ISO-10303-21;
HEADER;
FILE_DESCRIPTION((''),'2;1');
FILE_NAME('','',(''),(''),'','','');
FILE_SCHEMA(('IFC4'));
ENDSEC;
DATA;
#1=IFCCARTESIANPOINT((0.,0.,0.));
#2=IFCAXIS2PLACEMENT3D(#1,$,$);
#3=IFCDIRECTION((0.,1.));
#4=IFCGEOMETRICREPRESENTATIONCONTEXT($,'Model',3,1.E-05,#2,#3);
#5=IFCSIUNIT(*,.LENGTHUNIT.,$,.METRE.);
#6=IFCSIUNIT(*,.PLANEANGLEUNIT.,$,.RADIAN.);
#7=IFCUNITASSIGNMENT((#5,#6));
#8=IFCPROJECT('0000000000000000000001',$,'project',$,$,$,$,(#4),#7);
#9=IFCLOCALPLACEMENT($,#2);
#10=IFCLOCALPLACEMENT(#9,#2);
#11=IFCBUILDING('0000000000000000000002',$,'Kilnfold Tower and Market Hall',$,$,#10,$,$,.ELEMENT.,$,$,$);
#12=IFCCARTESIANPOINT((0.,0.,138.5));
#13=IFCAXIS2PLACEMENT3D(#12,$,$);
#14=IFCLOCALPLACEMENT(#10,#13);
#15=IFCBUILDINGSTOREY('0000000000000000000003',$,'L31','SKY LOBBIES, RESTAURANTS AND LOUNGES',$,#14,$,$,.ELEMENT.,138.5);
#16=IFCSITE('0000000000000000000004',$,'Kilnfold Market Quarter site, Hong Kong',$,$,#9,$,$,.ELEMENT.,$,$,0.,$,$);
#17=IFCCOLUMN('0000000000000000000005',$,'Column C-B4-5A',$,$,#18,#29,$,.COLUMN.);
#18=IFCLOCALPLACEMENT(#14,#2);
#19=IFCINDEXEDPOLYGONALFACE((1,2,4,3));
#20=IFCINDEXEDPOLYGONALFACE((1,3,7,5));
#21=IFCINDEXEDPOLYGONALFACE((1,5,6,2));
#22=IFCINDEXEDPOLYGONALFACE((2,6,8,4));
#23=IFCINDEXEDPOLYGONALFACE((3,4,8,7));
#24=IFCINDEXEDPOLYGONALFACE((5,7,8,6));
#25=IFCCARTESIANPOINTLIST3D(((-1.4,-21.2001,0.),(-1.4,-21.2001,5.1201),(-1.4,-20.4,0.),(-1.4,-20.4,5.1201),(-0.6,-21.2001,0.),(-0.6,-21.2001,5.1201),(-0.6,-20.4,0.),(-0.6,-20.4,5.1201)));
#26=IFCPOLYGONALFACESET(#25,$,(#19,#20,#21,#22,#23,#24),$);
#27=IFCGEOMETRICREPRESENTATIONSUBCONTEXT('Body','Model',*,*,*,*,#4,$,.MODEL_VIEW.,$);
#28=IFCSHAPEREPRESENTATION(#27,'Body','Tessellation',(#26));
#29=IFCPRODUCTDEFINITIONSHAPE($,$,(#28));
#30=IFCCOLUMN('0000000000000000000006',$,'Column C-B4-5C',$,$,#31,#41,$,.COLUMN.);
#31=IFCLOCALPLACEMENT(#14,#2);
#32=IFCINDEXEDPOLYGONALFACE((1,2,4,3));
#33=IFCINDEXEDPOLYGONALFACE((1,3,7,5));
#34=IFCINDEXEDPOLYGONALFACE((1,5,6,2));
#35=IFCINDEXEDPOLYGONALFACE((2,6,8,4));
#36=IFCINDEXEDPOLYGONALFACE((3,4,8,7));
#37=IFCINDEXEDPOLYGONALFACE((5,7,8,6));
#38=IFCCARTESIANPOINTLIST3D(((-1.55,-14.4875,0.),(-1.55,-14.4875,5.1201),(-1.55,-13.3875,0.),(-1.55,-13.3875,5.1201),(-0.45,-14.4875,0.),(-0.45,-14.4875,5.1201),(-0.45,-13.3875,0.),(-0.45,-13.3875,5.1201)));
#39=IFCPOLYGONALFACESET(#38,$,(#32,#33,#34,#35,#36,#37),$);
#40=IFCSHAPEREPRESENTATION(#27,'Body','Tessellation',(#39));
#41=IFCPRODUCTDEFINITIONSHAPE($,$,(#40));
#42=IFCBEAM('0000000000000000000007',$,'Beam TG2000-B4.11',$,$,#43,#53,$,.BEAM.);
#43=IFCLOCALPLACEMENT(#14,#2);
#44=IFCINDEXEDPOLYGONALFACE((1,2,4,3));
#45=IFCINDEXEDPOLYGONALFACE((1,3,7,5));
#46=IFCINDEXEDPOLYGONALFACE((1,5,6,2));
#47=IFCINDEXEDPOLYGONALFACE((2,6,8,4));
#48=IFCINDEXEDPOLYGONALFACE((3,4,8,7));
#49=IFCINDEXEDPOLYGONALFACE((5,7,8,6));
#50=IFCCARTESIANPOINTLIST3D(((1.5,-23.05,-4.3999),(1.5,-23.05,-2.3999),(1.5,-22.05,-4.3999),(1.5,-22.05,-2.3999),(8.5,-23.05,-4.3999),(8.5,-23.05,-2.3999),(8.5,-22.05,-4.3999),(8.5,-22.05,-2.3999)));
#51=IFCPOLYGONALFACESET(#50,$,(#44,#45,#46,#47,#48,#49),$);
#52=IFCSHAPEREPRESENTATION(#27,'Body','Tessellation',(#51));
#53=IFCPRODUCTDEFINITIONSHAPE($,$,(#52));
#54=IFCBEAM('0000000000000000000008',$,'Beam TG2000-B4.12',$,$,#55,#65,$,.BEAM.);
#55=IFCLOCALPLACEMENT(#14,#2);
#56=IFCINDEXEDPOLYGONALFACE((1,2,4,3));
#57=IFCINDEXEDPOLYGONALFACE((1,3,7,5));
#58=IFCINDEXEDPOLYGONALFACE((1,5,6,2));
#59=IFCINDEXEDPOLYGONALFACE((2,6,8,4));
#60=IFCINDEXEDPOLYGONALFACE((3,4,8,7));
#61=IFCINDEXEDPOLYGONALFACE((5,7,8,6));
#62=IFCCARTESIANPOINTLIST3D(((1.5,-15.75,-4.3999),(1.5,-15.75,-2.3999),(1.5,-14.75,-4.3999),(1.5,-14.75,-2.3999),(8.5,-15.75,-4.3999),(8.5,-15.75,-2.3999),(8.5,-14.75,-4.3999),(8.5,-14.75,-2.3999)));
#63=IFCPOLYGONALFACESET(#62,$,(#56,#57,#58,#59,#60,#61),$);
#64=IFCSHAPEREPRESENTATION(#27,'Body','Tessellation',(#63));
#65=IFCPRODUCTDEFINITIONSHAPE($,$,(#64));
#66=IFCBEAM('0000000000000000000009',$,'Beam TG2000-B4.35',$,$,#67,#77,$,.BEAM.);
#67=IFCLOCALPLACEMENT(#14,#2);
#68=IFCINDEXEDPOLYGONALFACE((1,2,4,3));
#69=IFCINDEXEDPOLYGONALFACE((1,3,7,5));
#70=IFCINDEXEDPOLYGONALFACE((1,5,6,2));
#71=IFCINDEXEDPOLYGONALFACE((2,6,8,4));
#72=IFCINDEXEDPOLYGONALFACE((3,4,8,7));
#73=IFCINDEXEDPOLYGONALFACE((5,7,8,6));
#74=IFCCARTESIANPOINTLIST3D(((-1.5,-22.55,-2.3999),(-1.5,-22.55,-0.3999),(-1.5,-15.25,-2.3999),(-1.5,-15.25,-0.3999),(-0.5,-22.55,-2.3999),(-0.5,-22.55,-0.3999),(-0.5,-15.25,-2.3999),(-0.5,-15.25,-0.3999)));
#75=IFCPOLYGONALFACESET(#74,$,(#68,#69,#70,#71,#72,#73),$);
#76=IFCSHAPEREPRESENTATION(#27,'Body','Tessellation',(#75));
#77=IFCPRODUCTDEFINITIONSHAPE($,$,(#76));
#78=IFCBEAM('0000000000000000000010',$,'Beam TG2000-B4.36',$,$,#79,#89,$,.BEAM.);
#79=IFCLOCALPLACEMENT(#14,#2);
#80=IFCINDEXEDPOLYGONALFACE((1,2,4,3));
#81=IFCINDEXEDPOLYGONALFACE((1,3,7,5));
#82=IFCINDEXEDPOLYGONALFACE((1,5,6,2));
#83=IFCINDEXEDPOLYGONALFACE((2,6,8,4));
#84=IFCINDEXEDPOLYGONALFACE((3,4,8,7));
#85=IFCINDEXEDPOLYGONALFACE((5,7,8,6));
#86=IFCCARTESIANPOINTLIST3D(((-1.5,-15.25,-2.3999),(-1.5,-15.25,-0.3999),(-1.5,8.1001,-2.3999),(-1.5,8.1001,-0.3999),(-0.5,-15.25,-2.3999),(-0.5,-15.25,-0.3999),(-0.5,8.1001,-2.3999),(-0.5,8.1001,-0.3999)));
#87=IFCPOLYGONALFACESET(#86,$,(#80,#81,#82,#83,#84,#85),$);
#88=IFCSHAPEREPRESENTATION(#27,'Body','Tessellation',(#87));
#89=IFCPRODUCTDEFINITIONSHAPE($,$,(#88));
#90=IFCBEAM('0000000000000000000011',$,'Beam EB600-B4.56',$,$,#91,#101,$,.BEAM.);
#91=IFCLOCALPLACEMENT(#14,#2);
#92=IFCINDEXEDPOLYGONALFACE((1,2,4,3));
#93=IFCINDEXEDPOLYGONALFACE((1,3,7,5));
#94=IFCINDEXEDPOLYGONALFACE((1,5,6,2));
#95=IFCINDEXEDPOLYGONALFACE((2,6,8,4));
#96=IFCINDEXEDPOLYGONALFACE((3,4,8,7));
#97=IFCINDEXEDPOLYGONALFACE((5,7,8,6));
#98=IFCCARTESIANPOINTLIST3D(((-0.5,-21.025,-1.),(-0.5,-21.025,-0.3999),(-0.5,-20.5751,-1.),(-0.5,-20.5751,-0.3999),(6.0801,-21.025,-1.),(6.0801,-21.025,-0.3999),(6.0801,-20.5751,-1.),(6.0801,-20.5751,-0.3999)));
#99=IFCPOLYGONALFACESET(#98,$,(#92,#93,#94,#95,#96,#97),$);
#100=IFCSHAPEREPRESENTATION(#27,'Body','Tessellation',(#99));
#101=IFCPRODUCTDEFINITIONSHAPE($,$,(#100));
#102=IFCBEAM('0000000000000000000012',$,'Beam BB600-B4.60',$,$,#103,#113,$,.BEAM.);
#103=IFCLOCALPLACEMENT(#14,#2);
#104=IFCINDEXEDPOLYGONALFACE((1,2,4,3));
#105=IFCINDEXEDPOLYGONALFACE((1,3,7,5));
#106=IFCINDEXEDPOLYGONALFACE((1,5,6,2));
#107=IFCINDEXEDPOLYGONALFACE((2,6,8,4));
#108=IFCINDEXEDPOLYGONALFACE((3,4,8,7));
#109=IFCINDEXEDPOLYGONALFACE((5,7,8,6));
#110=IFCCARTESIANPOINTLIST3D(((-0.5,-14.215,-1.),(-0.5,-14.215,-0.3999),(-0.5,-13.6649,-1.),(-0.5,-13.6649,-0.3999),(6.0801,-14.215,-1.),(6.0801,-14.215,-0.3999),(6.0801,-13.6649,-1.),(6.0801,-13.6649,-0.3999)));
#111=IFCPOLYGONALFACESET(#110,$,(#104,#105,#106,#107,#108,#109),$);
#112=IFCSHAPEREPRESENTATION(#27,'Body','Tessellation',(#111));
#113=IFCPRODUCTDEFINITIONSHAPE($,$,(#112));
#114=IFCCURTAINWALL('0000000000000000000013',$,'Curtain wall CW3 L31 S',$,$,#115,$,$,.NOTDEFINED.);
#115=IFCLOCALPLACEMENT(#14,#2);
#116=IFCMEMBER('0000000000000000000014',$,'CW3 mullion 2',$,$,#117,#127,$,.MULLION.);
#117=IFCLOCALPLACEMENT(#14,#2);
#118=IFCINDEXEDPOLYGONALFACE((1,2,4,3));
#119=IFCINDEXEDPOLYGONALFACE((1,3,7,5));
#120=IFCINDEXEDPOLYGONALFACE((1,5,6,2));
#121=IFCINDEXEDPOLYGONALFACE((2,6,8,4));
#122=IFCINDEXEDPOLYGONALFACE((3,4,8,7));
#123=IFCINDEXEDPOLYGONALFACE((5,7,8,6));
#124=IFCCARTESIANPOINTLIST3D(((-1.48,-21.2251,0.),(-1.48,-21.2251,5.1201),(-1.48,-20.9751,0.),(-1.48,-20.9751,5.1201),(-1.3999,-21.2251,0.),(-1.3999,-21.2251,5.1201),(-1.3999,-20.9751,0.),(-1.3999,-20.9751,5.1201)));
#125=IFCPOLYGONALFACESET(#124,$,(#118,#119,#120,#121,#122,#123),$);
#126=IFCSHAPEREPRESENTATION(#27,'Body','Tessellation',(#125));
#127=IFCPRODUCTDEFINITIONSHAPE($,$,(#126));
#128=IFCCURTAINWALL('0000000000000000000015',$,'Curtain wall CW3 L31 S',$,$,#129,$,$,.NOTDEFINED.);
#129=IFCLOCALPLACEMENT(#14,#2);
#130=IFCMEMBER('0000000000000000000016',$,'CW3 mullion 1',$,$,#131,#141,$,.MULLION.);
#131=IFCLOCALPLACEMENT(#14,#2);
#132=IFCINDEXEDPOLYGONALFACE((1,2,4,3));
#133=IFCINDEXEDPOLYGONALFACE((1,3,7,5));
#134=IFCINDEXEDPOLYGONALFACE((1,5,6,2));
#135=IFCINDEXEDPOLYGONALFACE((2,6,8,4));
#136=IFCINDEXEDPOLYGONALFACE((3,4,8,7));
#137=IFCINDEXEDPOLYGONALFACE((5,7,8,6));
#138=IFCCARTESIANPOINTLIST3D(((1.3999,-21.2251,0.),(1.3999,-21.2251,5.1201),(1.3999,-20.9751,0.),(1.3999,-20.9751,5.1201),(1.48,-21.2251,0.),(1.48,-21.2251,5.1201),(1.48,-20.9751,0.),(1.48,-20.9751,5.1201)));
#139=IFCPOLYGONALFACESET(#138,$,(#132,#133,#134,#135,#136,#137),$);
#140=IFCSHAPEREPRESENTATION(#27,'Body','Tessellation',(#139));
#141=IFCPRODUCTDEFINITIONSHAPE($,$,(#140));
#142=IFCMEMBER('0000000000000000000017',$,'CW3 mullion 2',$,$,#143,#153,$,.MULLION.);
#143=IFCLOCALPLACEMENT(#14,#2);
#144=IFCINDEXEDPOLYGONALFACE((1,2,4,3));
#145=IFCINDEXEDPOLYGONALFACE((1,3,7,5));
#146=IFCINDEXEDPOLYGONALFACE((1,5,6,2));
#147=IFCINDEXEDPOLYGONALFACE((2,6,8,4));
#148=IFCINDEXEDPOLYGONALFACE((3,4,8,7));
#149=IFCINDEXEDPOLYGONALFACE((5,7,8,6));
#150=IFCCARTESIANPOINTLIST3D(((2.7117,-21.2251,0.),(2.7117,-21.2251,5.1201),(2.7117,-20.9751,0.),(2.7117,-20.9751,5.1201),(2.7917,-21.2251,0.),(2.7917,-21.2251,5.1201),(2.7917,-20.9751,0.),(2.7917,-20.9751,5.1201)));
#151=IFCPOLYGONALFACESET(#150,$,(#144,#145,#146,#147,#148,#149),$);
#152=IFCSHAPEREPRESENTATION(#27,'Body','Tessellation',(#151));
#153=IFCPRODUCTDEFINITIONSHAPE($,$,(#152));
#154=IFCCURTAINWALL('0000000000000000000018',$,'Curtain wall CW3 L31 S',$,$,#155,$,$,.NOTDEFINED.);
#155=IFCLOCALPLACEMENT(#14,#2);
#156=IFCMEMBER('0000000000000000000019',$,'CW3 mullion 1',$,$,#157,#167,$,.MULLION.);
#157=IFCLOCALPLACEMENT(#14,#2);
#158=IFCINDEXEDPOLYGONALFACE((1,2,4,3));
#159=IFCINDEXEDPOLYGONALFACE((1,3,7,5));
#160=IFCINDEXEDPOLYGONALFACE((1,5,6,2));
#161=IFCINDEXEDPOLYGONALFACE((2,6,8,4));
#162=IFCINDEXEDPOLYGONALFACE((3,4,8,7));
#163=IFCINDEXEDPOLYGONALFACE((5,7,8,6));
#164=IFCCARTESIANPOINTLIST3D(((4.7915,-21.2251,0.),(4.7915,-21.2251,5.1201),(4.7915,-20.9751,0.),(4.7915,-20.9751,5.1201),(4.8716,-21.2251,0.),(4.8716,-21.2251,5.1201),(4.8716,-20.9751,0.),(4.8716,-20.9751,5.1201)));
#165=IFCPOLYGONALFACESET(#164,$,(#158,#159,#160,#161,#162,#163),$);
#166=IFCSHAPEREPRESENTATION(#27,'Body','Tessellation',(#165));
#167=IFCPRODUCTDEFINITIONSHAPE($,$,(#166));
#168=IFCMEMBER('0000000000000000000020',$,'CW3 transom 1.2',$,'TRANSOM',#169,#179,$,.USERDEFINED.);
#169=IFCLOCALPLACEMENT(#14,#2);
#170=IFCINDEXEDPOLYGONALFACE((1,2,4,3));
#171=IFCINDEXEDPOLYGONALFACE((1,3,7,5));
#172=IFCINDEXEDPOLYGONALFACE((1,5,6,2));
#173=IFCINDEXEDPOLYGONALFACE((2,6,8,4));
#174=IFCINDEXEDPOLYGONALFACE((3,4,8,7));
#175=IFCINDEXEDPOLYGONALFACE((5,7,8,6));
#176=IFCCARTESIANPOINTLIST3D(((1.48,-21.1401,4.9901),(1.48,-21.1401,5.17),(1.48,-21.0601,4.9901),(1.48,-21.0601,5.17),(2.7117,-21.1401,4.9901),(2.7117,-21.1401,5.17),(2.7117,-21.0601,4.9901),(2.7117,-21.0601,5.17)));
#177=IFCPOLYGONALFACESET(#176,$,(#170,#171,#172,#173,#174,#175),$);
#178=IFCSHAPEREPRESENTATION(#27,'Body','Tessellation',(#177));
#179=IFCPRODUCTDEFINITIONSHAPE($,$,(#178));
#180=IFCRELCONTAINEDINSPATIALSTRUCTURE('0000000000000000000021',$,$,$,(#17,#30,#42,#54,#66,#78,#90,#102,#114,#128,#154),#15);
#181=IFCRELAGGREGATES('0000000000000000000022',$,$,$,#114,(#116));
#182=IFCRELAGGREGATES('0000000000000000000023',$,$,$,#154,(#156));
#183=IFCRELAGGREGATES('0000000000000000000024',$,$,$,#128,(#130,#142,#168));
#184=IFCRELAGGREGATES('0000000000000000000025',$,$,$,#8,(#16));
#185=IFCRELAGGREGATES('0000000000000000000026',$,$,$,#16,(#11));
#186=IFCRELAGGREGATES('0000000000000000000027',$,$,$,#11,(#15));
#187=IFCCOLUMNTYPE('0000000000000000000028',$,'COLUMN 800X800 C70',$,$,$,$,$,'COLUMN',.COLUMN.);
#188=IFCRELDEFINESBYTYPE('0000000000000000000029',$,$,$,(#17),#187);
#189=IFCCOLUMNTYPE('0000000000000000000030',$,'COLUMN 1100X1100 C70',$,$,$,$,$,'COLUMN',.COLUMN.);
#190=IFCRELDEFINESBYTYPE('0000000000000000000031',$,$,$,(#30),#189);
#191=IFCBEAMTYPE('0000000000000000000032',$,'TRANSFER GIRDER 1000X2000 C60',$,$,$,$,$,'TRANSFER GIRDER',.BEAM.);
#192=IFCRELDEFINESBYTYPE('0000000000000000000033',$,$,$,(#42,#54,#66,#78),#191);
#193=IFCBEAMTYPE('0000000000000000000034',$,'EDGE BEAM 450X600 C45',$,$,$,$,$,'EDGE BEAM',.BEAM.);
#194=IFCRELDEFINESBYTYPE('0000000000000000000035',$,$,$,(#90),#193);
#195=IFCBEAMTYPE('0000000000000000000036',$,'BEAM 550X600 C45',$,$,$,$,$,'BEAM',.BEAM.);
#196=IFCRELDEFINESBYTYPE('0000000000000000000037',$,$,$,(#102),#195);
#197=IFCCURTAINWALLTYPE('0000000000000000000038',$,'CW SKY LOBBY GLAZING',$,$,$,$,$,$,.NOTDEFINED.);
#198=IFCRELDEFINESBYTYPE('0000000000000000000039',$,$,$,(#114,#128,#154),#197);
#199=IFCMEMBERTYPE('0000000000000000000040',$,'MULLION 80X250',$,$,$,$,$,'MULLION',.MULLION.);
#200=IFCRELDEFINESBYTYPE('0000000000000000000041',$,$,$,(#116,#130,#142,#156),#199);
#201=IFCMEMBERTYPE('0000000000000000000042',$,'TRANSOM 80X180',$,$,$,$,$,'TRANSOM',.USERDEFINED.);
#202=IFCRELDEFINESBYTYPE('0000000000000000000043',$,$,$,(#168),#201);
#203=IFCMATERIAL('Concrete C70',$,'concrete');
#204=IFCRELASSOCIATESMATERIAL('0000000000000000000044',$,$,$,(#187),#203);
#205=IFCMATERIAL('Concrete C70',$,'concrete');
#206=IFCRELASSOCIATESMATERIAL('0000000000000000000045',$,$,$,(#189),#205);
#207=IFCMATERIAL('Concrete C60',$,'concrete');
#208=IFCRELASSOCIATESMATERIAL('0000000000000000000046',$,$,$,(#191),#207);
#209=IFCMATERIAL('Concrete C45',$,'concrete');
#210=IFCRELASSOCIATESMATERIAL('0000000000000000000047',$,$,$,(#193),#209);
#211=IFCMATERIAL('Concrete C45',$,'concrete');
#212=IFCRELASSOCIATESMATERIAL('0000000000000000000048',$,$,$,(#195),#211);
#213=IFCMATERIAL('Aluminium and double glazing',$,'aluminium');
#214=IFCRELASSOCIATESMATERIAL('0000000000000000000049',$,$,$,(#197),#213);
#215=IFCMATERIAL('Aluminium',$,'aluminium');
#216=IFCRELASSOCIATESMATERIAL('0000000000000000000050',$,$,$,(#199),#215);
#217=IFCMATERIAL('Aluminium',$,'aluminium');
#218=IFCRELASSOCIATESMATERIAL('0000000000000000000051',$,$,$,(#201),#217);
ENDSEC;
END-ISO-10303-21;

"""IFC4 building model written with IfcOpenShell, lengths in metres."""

from ifc_helpers import new_model, si_unit, direction, frame, origin, origin_2d, place, context, subcontext, project, spatial, rectangle, extrude, source, transform, mapped, material, material_profile, profile_set, type_object, element, aggregate, save


model = new_model("IFC4")

# Units and contexts
model_context = context("Model", 3, precision=1e-05, world=origin(), true_north=direction((0.0, 1.0)))
body_context = subcontext(model_context, "Body", "Model", "MODEL_VIEW")
ifc_project = project(units=[si_unit("LENGTHUNIT", "METRE"), si_unit("PLANEANGLEUNIT", "RADIAN")], contexts=[model_context])

# Site, building, storey
site_placement = place(None, origin())
site = spatial("IfcSite", under=ifc_project, at=site_placement, Name="Kilnfold Market Quarter site, Hong Kong", CompositionType="ELEMENT", RefElevation=0.0)
building_placement = place(site_placement, origin())
building = spatial("IfcBuilding", under=site, at=building_placement, Name="Kilnfold Tower and Market Hall", CompositionType="ELEMENT")
storey_placement = place(building_placement, frame((0.0, 0.0, 138.5)))
storey = spatial("IfcBuildingStorey", under=building, at=storey_placement, Name="L31", Description="SKY LOBBIES, RESTAURANTS AND LOUNGES", CompositionType="ELEMENT", Elevation=138.5)

# Columns
ifc_material_1 = material(Name="Concrete C70", Category="concrete")
ifc_material_profile_1 = material_profile(ifc_material_1, rectangle(XDim=0.8, YDim=0.8, at=origin_2d()), Name="RC 800x800")
ifc_profile_set_1 = profile_set([ifc_material_profile_1], Name="Concrete C70")
column_type_1 = type_object("IfcColumnType", Name="COLUMN 800X800 C70", ElementType="COLUMN", PredefinedType="COLUMN", material=ifc_profile_set_1)
shared_shape_1 = source(origin(), body_context, "Body", "SweptSolid", [
    extrude(rectangle(XDim=0.8, YDim=0.8, at=origin_2d()), origin(), (0.0, 0.0, 1.0), 5.1201),
])
column_1_placement = place(storey_placement, frame((-1.0, -20.8, 0.0), z_axis=(0.0, 0.0, 1.0), x_axis=(1.0, 0.0, 0.0)))
element("IfcColumn", 1, at=column_1_placement, inside=storey, type_object=column_type_1, Name="Column C-B4-5A", PredefinedType="COLUMN", context=body_context, shape_type="MappedRepresentation", body=[
    mapped(shared_shape_1, transform((0.0, 0.0, 0.0))),
])
ifc_material_2 = material(Name="Concrete C70", Category="concrete")
ifc_material_profile_2 = material_profile(ifc_material_2, rectangle(XDim=1.1001, YDim=1.1001, at=origin_2d()), Name="RC 1100x1100")
ifc_profile_set_2 = profile_set([ifc_material_profile_2], Name="Concrete C70")
column_type_2 = type_object("IfcColumnType", Name="COLUMN 1100X1100 C70", ElementType="COLUMN", PredefinedType="COLUMN", material=ifc_profile_set_2)
shared_shape_2 = source(origin(), body_context, "Body", "SweptSolid", [
    extrude(rectangle(XDim=1.1001, YDim=1.1001, at=origin_2d()), origin(), (0.0, 0.0, 1.0), 5.1201),
])
column_2_placement = place(storey_placement, frame((-1.0, -13.9375, 0.0), z_axis=(0.0, 0.0, 1.0), x_axis=(1.0, 0.0, 0.0)))
element("IfcColumn", 2, at=column_2_placement, inside=storey, type_object=column_type_2, Name="Column C-B4-5C", PredefinedType="COLUMN", context=body_context, shape_type="MappedRepresentation", body=[
    mapped(shared_shape_2, transform((0.0, 0.0, 0.0))),
])

# Beams
ifc_material_3 = material(Name="Concrete C60", Category="concrete")
ifc_material_profile_3 = material_profile(ifc_material_3, rectangle(XDim=1.0, YDim=2.0, at=origin_2d()), Name="RC 1000x2000")
ifc_profile_set_3 = profile_set([ifc_material_profile_3], Name="Concrete C60")
beam_type_1 = type_object("IfcBeamType", Name="TRANSFER GIRDER 1000X2000 C60", ElementType="TRANSFER GIRDER", PredefinedType="BEAM", material=ifc_profile_set_3)
shared_shape_3 = source(origin(), body_context, "Body", "SweptSolid", [
    extrude(rectangle(XDim=1.0, YDim=2.0, at=origin_2d()), origin(), (0.0, 0.0, 1.0), 7.0),
])
for number, where, z_axis, x_axis, name in (
    (3, (1.5, -22.55, -3.3999), (1.0, 0.0, 0.0), (0.0, 1.0, 0.0), "Beam TG2000-B4.11"),
    (4, (1.5, -15.25, -3.3999), (1.0, 0.0, 0.0), (0.0, 1.0, 0.0), "Beam TG2000-B4.12"),
):
    element("IfcBeam", number, at=place(storey_placement, frame(where, z_axis=z_axis, x_axis=x_axis)), inside=storey, type_object=beam_type_1, Name=name, PredefinedType="BEAM", context=body_context, shape_type="MappedRepresentation", body=[
        mapped(shared_shape_3, transform((0.0, 0.0, 0.0))),
    ])
shared_shape_4 = source(origin(), body_context, "Body", "SweptSolid", [
    extrude(rectangle(XDim=1.0, YDim=2.0, at=origin_2d()), origin(), (0.0, 0.0, 1.0), 7.3),
])
beam_1_placement = place(storey_placement, frame((-1.0, -22.55, -1.3999), z_axis=(0.0, 1.0, 0.0), x_axis=(-1.0, 0.0, 0.0)))
element("IfcBeam", 5, at=beam_1_placement, inside=storey, type_object=beam_type_1, Name="Beam TG2000-B4.35", PredefinedType="BEAM", context=body_context, shape_type="MappedRepresentation", body=[
    mapped(shared_shape_4, transform((0.0, 0.0, 0.0))),
])
shared_shape_5 = source(origin(), body_context, "Body", "SweptSolid", [
    extrude(rectangle(XDim=1.0, YDim=2.0, at=origin_2d()), origin(), (0.0, 0.0, 1.0), 23.3501),
])
beam_2_placement = place(storey_placement, frame((-1.0, -15.25, -1.3999), z_axis=(0.0, 1.0, 0.0), x_axis=(-1.0, 0.0, 0.0)))
element("IfcBeam", 6, at=beam_2_placement, inside=storey, type_object=beam_type_1, Name="Beam TG2000-B4.36", PredefinedType="BEAM", context=body_context, shape_type="MappedRepresentation", body=[
    mapped(shared_shape_5, transform((0.0, 0.0, 0.0))),
])
ifc_material_4 = material(Name="Concrete C45", Category="concrete")
ifc_material_profile_4 = material_profile(ifc_material_4, rectangle(XDim=0.45, YDim=0.6001, at=origin_2d()), Name="RC 450x600")
ifc_profile_set_4 = profile_set([ifc_material_profile_4], Name="Concrete C45")
beam_type_2 = type_object("IfcBeamType", Name="EDGE BEAM 450X600 C45", ElementType="EDGE BEAM", PredefinedType="BEAM", material=ifc_profile_set_4)
shared_shape_6 = source(origin(), body_context, "Body", "SweptSolid", [
    extrude(rectangle(XDim=0.45, YDim=0.6001, at=origin_2d()), origin(), (0.0, 0.0, 1.0), 6.5801),
])
beam_3_placement = place(storey_placement, frame((-0.5, -20.8, -0.7), z_axis=(1.0, 0.0, 0.0), x_axis=(0.0, 1.0, 0.0)))
element("IfcBeam", 7, at=beam_3_placement, inside=storey, type_object=beam_type_2, Name="Beam EB600-B4.56", PredefinedType="BEAM", context=body_context, shape_type="MappedRepresentation", body=[
    mapped(shared_shape_6, transform((0.0, 0.0, 0.0))),
])
ifc_material_5 = material(Name="Concrete C45", Category="concrete")
ifc_material_profile_5 = material_profile(ifc_material_5, rectangle(XDim=0.55, YDim=0.6001, at=origin_2d()), Name="RC 550x600")
ifc_profile_set_5 = profile_set([ifc_material_profile_5], Name="Concrete C45")
beam_type_3 = type_object("IfcBeamType", Name="BEAM 550X600 C45", ElementType="BEAM", PredefinedType="BEAM", material=ifc_profile_set_5)
shared_shape_7 = source(origin(), body_context, "Body", "SweptSolid", [
    extrude(rectangle(XDim=0.55, YDim=0.6001, at=origin_2d()), origin(), (0.0, 0.0, 1.0), 6.5801),
])
beam_4_placement = place(storey_placement, frame((-0.5, -13.9399, -0.7), z_axis=(1.0, 0.0, 0.0), x_axis=(0.0, 1.0, 0.0)))
element("IfcBeam", 8, at=beam_4_placement, inside=storey, type_object=beam_type_3, Name="Beam BB600-B4.60", PredefinedType="BEAM", context=body_context, shape_type="MappedRepresentation", body=[
    mapped(shared_shape_7, transform((0.0, 0.0, 0.0))),
])

# Curtain wall, member
ifc_material_6 = material(Name="Aluminium and double glazing", Category="aluminium")
curtain_wall_type = type_object("IfcCurtainWallType", Name="CW SKY LOBBY GLAZING", PredefinedType="NOTDEFINED", material=ifc_material_6)
curtain_wall_1_placement = place(storey_placement, origin())
curtain_wall_1 = element("IfcCurtainWall", 9, at=curtain_wall_1_placement, inside=storey, type_object=curtain_wall_type, Name="Curtain wall CW3 L31 S", PredefinedType="NOTDEFINED")
ifc_material_7 = material(Name="Aluminium", Category="aluminium")
ifc_material_profile_6 = material_profile(ifc_material_7, rectangle(XDim=0.0801, YDim=0.25, at=origin_2d()), Name="MULLION 80x250")
ifc_profile_set_6 = profile_set([ifc_material_profile_6], Name="Aluminium")
member_type_1 = type_object("IfcMemberType", Name="MULLION 80X250", ElementType="MULLION", PredefinedType="MULLION", material=ifc_profile_set_6)
shared_shape_8 = source(origin(), body_context, "Body", "SweptSolid", [
    extrude(rectangle(XDim=0.0801, YDim=0.25, at=origin_2d()), origin(), (0.0, 0.0, 1.0), 5.1201),
])
member_1_placement = place(storey_placement, frame((-1.4399, -21.1001, 0.0), z_axis=(0.0, 0.0, 1.0), x_axis=(1.0, 0.0, 0.0)))
member_1 = element("IfcMember", 10, at=member_1_placement, type_object=member_type_1, Name="CW3 mullion 2", PredefinedType="MULLION", context=body_context, shape_type="MappedRepresentation", body=[
    mapped(shared_shape_8, transform((0.0, 0.0, 0.0))),
])
aggregate(curtain_wall_1, [member_1])

# Curtain wall, members
curtain_wall_2_placement = place(storey_placement, origin())
curtain_wall_2 = element("IfcCurtainWall", 11, at=curtain_wall_2_placement, inside=storey, type_object=curtain_wall_type, Name="Curtain wall CW3 L31 S", PredefinedType="NOTDEFINED")
member_2_placement = place(storey_placement, frame((1.4399, -21.1001, 0.0), z_axis=(0.0, 0.0, 1.0), x_axis=(1.0, 0.0, 0.0)))
member_2 = element("IfcMember", 12, at=member_2_placement, type_object=member_type_1, Name="CW3 mullion 1", PredefinedType="MULLION", context=body_context, shape_type="MappedRepresentation", body=[
    mapped(shared_shape_8, transform((0.0, 0.0, 0.0))),
])
member_3_placement = place(storey_placement, frame((2.7517, -21.1001, 0.0), z_axis=(0.0, 0.0, 1.0), x_axis=(1.0, 0.0, 0.0)))
member_3 = element("IfcMember", 13, at=member_3_placement, type_object=member_type_1, Name="CW3 mullion 2", PredefinedType="MULLION", context=body_context, shape_type="MappedRepresentation", body=[
    mapped(shared_shape_8, transform((0.0, 0.0, 0.0))),
])

# Curtain wall, member
curtain_wall_3_placement = place(storey_placement, origin())
curtain_wall_3 = element("IfcCurtainWall", 14, at=curtain_wall_3_placement, inside=storey, type_object=curtain_wall_type, Name="Curtain wall CW3 L31 S", PredefinedType="NOTDEFINED")
member_4_placement = place(storey_placement, frame((4.8315, -21.1001, 0.0), z_axis=(0.0, 0.0, 1.0), x_axis=(1.0, 0.0, 0.0)))
member_4 = element("IfcMember", 15, at=member_4_placement, type_object=member_type_1, Name="CW3 mullion 1", PredefinedType="MULLION", context=body_context, shape_type="MappedRepresentation", body=[
    mapped(shared_shape_8, transform((0.0, 0.0, 0.0))),
])

# Member
ifc_material_8 = material(Name="Aluminium", Category="aluminium")
ifc_material_profile_7 = material_profile(ifc_material_8, rectangle(XDim=0.0801, YDim=0.1799, at=origin_2d()), Name="TRANSOM 80x180")
ifc_profile_set_7 = profile_set([ifc_material_profile_7], Name="Aluminium")
member_type_2 = type_object("IfcMemberType", Name="TRANSOM 80X180", ElementType="TRANSOM", PredefinedType="USERDEFINED", material=ifc_profile_set_7)
shared_shape_9 = source(origin(), body_context, "Body", "SweptSolid", [
    extrude(rectangle(XDim=0.0801, YDim=0.1799, at=origin_2d()), origin(), (0.0, 0.0, 1.0), 1.2317),
])
member_5_placement = place(storey_placement, frame((1.48, -21.1001, 5.0801), z_axis=(1.0, 0.0, 0.0), x_axis=(0.0, 1.0, 0.0)))
member_5 = element("IfcMember", 16, at=member_5_placement, type_object=member_type_2, Name="CW3 transom 1.2", ObjectType="TRANSOM", PredefinedType="USERDEFINED", context=body_context, shape_type="MappedRepresentation", body=[
    mapped(shared_shape_9, transform((0.0, 0.0, 0.0))),
])
aggregate(curtain_wall_3, [member_4])

aggregate(curtain_wall_2, [member_2, member_3, member_5])

save(model, "model.ifc")
